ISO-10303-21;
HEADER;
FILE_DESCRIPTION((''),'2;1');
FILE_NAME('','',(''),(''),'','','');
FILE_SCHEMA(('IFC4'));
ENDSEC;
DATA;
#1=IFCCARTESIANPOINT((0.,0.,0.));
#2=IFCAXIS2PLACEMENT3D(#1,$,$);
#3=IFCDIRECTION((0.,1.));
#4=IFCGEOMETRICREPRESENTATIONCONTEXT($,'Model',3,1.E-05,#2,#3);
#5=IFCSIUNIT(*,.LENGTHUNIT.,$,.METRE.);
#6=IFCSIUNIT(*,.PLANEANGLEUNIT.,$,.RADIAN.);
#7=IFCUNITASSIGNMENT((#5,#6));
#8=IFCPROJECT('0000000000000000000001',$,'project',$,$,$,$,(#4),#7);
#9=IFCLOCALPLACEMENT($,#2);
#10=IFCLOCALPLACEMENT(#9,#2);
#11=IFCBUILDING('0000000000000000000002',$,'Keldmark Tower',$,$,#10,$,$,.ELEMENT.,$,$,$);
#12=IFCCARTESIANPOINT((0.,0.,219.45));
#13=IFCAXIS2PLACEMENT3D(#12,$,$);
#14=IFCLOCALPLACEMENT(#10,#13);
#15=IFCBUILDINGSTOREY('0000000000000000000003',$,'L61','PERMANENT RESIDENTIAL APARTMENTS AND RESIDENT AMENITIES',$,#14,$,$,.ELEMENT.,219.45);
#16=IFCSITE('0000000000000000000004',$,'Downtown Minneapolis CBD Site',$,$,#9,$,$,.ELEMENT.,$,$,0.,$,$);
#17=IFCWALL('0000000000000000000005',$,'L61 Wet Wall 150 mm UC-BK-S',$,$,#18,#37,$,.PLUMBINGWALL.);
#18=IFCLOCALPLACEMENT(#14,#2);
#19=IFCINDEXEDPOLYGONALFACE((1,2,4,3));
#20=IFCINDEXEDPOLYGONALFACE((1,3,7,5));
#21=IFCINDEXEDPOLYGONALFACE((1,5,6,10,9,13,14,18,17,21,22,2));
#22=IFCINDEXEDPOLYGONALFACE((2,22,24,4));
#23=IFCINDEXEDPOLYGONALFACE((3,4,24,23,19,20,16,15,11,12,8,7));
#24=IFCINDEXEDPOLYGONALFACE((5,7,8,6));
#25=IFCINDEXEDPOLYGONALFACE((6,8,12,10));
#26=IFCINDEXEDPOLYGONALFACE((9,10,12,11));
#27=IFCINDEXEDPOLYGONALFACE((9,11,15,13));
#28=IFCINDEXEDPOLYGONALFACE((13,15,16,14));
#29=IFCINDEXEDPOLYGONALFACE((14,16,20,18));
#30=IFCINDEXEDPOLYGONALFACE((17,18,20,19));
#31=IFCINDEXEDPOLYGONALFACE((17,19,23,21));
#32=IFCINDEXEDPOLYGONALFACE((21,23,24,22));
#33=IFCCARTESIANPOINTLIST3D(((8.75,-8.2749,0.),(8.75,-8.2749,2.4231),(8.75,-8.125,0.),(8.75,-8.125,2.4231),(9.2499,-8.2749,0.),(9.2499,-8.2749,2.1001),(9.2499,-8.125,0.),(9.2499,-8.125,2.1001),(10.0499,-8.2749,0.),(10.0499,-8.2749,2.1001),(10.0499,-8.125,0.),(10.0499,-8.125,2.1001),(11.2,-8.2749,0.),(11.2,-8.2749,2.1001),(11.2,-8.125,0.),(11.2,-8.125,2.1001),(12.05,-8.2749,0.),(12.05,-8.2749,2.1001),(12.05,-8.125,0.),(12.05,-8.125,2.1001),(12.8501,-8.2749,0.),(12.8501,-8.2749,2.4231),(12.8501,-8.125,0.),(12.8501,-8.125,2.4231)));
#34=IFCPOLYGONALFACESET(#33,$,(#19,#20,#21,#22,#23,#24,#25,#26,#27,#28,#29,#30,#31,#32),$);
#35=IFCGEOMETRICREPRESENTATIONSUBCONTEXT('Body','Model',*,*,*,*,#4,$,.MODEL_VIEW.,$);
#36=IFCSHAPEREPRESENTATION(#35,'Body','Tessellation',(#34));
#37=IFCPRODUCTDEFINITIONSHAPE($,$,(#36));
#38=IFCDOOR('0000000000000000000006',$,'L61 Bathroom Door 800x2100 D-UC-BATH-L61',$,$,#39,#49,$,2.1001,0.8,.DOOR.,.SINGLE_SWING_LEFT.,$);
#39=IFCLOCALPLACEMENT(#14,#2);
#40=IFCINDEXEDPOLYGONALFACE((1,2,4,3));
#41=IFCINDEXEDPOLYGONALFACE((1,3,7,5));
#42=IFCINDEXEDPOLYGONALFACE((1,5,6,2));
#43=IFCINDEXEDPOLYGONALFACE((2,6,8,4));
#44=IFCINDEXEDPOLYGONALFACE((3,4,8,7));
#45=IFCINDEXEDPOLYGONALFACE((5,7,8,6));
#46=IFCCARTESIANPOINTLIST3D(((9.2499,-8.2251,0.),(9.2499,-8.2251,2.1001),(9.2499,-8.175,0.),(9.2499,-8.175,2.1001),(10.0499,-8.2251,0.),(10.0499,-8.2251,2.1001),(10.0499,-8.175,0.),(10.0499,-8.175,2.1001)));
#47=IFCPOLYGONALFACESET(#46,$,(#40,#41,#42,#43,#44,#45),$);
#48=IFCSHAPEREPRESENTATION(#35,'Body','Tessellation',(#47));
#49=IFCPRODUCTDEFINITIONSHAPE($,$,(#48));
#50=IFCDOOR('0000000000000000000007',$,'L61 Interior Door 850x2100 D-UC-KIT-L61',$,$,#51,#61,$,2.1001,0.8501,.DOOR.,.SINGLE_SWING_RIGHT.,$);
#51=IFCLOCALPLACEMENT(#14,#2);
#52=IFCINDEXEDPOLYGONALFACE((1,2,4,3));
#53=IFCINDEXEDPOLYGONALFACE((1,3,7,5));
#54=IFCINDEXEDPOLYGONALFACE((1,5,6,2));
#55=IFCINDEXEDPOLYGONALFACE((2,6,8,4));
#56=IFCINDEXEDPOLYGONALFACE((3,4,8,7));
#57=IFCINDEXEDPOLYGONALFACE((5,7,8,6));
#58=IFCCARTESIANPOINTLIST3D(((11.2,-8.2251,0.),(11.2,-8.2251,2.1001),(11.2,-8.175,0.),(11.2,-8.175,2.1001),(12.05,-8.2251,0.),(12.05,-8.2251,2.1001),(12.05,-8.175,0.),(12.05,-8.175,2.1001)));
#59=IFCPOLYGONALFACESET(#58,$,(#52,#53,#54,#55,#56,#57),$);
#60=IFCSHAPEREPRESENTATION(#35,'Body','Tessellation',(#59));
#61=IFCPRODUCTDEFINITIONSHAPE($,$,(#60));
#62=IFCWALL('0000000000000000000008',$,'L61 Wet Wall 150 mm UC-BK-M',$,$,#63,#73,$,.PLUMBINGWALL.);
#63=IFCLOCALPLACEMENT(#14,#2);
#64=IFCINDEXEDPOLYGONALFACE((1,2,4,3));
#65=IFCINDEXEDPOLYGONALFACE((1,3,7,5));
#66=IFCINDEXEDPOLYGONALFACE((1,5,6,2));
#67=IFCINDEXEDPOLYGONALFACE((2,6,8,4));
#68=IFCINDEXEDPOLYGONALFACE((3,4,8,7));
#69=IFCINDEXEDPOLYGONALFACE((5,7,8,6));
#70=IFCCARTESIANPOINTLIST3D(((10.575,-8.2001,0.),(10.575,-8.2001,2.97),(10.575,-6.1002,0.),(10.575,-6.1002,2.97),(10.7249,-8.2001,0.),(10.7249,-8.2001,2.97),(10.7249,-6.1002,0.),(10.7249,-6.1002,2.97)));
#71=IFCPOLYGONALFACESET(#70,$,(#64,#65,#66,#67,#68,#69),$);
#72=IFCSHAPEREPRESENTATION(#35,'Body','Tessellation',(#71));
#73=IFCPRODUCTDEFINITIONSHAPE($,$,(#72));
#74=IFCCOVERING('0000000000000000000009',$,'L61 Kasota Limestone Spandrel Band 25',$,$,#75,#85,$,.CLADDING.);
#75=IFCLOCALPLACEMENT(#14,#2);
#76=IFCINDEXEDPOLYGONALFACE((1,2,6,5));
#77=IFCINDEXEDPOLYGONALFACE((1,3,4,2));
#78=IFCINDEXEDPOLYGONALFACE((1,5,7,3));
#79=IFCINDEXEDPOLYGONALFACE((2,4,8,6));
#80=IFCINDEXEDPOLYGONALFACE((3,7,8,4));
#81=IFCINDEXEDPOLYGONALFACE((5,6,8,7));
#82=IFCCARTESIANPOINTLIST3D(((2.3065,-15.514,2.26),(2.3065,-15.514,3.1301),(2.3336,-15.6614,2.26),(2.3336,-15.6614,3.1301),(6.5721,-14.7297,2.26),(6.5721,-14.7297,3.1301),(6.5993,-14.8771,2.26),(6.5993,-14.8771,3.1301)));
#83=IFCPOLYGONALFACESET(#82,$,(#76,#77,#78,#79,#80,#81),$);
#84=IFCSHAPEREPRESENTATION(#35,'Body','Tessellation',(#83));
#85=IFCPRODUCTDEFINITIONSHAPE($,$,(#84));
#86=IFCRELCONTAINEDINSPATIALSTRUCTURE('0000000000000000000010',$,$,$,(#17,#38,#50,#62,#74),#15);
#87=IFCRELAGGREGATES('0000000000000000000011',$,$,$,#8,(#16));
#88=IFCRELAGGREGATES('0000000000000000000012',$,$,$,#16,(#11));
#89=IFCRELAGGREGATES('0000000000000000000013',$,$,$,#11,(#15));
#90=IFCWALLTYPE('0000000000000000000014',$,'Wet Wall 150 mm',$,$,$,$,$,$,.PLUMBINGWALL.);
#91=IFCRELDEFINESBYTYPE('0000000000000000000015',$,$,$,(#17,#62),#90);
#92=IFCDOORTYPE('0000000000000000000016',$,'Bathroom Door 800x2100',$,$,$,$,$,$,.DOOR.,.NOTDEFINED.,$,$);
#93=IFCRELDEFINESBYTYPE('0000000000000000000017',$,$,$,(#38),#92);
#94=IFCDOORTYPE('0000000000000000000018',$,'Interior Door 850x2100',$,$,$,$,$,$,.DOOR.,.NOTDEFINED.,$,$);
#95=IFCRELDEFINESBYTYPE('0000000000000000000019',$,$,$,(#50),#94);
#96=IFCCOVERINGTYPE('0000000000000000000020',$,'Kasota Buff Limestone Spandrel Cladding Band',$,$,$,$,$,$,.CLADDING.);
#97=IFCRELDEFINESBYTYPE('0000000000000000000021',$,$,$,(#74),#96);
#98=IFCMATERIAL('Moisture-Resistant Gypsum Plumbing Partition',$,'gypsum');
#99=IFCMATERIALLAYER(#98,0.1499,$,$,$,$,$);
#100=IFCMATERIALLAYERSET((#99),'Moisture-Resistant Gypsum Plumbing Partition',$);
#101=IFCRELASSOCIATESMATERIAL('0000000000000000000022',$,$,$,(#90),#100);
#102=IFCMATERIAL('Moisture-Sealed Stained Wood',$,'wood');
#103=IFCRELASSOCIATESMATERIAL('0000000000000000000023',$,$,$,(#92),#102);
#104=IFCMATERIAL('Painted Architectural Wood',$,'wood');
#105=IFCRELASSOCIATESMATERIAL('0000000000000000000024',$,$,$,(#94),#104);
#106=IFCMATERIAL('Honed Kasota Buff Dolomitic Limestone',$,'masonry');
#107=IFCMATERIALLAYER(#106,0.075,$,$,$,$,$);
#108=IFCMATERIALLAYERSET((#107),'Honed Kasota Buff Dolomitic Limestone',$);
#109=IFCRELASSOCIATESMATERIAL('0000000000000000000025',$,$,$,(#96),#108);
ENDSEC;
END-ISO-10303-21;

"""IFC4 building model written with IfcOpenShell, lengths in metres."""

from ifc_helpers import new_model, si_unit, direction, frame, frame_2d, origin, origin_2d, place, context, subcontext, project, spatial, rectangle, extrude, material, layer, layer_set, type_object, element, fill, save


model = new_model("IFC4")

# Units and contexts
model_context = context("Model", 3, precision=1e-05, world=origin(), true_north=direction((0.0, 1.0)))
body_context = subcontext(model_context, "Body", "Model", "MODEL_VIEW")
ifc_project = project(units=[si_unit("LENGTHUNIT", "METRE"), si_unit("PLANEANGLEUNIT", "RADIAN")], contexts=[model_context])

# Site, building, storey
site_placement = place(None, origin())
site = spatial("IfcSite", under=ifc_project, at=site_placement, Name="Downtown Minneapolis CBD Site", CompositionType="ELEMENT", RefElevation=0.0)
building_placement = place(site_placement, origin())
building = spatial("IfcBuilding", under=site, at=building_placement, Name="Keldmark Tower", CompositionType="ELEMENT")
storey_placement = place(building_placement, frame((0.0, 0.0, 219.45)))
storey = spatial("IfcBuildingStorey", under=building, at=storey_placement, Name="L61", Description="PERMANENT RESIDENTIAL APARTMENTS AND RESIDENT AMENITIES", CompositionType="ELEMENT", Elevation=219.45)

# Shared definitions
ifc_material_1 = material(Name="Moisture-Resistant Gypsum Plumbing Partition", Category="gypsum")
ifc_layer_1 = layer(ifc_material_1, 0.1499)
ifc_layer_set_1 = layer_set([ifc_layer_1], Name="Moisture-Resistant Gypsum Plumbing Partition")
wall_type_1 = type_object("IfcWallType", Name="Wet Wall 150 mm", PredefinedType="PLUMBINGWALL", material=ifc_layer_set_1)

# Wall, openings, doors
wall_1_placement = place(storey_placement, frame((8.75, -8.2, 0.0), z_axis=(0.0, 0.0, 1.0), x_axis=(1.0, 0.0, 0.0)))
wall_1 = element("IfcWall", 1, at=wall_1_placement, inside=storey, type_object=wall_type_1, Name="L61 Wet Wall 150 mm UC-BK-S", PredefinedType="PLUMBINGWALL", context=body_context, shape_type="SweptSolid", body=[
    extrude(rectangle(XDim=4.1001, YDim=0.1499, at=frame_2d((2.05, 0.0))), origin(), (0.0, 0.0, 1.0), 2.4231),
])
opening_1_placement = place(wall_1_placement, frame((0.5, 0.0, 0.0)))
opening_1 = element("IfcOpeningElement", 2, at=opening_1_placement, cuts=wall_1, PredefinedType="OPENING", context=body_context, shape_type="SweptSolid", body=[
    extrude(rectangle(XDim=0.8, YDim=2.1001, at=frame_2d((0.3999, 1.05))), frame((0.0, 0.085, 0.0), z_axis=(0.0, -1.0, 0.0), x_axis=(1.0, 0.0, 0.0)), (0.0, 0.0, 1.0), 0.1699),
])
opening_2_placement = place(wall_1_placement, frame((2.45, 0.0, 0.0)))
opening_2 = element("IfcOpeningElement", 3, at=opening_2_placement, cuts=wall_1, PredefinedType="OPENING", context=body_context, shape_type="SweptSolid", body=[
    extrude(rectangle(XDim=0.8501, YDim=2.1001, at=frame_2d((0.425, 1.05))), frame((0.0, 0.085, 0.0), z_axis=(0.0, -1.0, 0.0), x_axis=(1.0, 0.0, 0.0)), (0.0, 0.0, 1.0), 0.1699),
])
ifc_material_2 = material(Name="Moisture-Sealed Stained Wood", Category="wood")
door_type_1 = type_object("IfcDoorType", Name="Bathroom Door 800x2100", OperationType="NOTDEFINED", PredefinedType="DOOR", material=ifc_material_2)
door_1_placement = place(opening_1_placement, origin())
door_1 = element("IfcDoor", 4, at=door_1_placement, inside=storey, type_object=door_type_1, Name="L61 Bathroom Door 800x2100 D-UC-BATH-L61", OperationType="SINGLE_SWING_LEFT", OverallHeight=2.1001, OverallWidth=0.8, PredefinedType="DOOR", context=body_context, shape_type="SweptSolid", body=[
    extrude(rectangle(XDim=0.8, YDim=2.1001, at=frame_2d((0.3999, 1.05))), frame((0.0, 0.0249, 0.0), z_axis=(0.0, -1.0, 0.0), x_axis=(1.0, 0.0, 0.0)), (0.0, 0.0, 1.0), 0.05),
])
fill(opening_1, door_1)
ifc_material_3 = material(Name="Painted Architectural Wood", Category="wood")
door_type_2 = type_object("IfcDoorType", Name="Interior Door 850x2100", OperationType="NOTDEFINED", PredefinedType="DOOR", material=ifc_material_3)
door_2_placement = place(opening_2_placement, origin())
door_2 = element("IfcDoor", 5, at=door_2_placement, inside=storey, type_object=door_type_2, Name="L61 Interior Door 850x2100 D-UC-KIT-L61", OperationType="SINGLE_SWING_RIGHT", OverallHeight=2.1001, OverallWidth=0.8501, PredefinedType="DOOR", context=body_context, shape_type="SweptSolid", body=[
    extrude(rectangle(XDim=0.8501, YDim=2.1001, at=frame_2d((0.425, 1.05))), frame((0.0, 0.0249, 0.0), z_axis=(0.0, -1.0, 0.0), x_axis=(1.0, 0.0, 0.0)), (0.0, 0.0, 1.0), 0.05),
])
fill(opening_2, door_2)

# Wall
wall_2_placement = place(storey_placement, frame((10.6499, -8.2, 0.0), z_axis=(0.0, 0.0, 1.0), x_axis=(0.0, 1.0, 0.0)))
element("IfcWall", 6, at=wall_2_placement, inside=storey, type_object=wall_type_1, Name="L61 Wet Wall 150 mm UC-BK-M", PredefinedType="PLUMBINGWALL", context=body_context, shape_type="SweptSolid", body=[
    extrude(rectangle(XDim=2.0999, YDim=0.1499, at=frame_2d((1.0498, 0.0))), origin(), (0.0, 0.0, 1.0), 2.97),
])

# Covering
ifc_material_4 = material(Name="Honed Kasota Buff Dolomitic Limestone", Category="masonry")
ifc_layer_2 = layer(ifc_material_4, 0.075)
ifc_layer_set_2 = layer_set([ifc_layer_2], Name="Honed Kasota Buff Dolomitic Limestone")
covering_type = type_object("IfcCoveringType", Name="Kasota Buff Limestone Spandrel Cladding Band", PredefinedType="CLADDING", material=ifc_layer_set_2)
covering_placement = place(storey_placement, frame((4.4529, -15.1956, 2.26), z_axis=(0.0, 0.0, 1.0), x_axis=(0.983512, 0.180845, 0.0)))
element("IfcCovering", 7, at=covering_placement, inside=storey, type_object=covering_type, Name="L61 Kasota Limestone Spandrel Band 25", PredefinedType="CLADDING", context=body_context, shape_type="SweptSolid", body=[
    extrude(rectangle(XDim=4.3372, YDim=0.1499, at=origin_2d()), origin(), (0.0, 0.0, 1.0), 0.8701),
])

save(model, "model.ifc")
